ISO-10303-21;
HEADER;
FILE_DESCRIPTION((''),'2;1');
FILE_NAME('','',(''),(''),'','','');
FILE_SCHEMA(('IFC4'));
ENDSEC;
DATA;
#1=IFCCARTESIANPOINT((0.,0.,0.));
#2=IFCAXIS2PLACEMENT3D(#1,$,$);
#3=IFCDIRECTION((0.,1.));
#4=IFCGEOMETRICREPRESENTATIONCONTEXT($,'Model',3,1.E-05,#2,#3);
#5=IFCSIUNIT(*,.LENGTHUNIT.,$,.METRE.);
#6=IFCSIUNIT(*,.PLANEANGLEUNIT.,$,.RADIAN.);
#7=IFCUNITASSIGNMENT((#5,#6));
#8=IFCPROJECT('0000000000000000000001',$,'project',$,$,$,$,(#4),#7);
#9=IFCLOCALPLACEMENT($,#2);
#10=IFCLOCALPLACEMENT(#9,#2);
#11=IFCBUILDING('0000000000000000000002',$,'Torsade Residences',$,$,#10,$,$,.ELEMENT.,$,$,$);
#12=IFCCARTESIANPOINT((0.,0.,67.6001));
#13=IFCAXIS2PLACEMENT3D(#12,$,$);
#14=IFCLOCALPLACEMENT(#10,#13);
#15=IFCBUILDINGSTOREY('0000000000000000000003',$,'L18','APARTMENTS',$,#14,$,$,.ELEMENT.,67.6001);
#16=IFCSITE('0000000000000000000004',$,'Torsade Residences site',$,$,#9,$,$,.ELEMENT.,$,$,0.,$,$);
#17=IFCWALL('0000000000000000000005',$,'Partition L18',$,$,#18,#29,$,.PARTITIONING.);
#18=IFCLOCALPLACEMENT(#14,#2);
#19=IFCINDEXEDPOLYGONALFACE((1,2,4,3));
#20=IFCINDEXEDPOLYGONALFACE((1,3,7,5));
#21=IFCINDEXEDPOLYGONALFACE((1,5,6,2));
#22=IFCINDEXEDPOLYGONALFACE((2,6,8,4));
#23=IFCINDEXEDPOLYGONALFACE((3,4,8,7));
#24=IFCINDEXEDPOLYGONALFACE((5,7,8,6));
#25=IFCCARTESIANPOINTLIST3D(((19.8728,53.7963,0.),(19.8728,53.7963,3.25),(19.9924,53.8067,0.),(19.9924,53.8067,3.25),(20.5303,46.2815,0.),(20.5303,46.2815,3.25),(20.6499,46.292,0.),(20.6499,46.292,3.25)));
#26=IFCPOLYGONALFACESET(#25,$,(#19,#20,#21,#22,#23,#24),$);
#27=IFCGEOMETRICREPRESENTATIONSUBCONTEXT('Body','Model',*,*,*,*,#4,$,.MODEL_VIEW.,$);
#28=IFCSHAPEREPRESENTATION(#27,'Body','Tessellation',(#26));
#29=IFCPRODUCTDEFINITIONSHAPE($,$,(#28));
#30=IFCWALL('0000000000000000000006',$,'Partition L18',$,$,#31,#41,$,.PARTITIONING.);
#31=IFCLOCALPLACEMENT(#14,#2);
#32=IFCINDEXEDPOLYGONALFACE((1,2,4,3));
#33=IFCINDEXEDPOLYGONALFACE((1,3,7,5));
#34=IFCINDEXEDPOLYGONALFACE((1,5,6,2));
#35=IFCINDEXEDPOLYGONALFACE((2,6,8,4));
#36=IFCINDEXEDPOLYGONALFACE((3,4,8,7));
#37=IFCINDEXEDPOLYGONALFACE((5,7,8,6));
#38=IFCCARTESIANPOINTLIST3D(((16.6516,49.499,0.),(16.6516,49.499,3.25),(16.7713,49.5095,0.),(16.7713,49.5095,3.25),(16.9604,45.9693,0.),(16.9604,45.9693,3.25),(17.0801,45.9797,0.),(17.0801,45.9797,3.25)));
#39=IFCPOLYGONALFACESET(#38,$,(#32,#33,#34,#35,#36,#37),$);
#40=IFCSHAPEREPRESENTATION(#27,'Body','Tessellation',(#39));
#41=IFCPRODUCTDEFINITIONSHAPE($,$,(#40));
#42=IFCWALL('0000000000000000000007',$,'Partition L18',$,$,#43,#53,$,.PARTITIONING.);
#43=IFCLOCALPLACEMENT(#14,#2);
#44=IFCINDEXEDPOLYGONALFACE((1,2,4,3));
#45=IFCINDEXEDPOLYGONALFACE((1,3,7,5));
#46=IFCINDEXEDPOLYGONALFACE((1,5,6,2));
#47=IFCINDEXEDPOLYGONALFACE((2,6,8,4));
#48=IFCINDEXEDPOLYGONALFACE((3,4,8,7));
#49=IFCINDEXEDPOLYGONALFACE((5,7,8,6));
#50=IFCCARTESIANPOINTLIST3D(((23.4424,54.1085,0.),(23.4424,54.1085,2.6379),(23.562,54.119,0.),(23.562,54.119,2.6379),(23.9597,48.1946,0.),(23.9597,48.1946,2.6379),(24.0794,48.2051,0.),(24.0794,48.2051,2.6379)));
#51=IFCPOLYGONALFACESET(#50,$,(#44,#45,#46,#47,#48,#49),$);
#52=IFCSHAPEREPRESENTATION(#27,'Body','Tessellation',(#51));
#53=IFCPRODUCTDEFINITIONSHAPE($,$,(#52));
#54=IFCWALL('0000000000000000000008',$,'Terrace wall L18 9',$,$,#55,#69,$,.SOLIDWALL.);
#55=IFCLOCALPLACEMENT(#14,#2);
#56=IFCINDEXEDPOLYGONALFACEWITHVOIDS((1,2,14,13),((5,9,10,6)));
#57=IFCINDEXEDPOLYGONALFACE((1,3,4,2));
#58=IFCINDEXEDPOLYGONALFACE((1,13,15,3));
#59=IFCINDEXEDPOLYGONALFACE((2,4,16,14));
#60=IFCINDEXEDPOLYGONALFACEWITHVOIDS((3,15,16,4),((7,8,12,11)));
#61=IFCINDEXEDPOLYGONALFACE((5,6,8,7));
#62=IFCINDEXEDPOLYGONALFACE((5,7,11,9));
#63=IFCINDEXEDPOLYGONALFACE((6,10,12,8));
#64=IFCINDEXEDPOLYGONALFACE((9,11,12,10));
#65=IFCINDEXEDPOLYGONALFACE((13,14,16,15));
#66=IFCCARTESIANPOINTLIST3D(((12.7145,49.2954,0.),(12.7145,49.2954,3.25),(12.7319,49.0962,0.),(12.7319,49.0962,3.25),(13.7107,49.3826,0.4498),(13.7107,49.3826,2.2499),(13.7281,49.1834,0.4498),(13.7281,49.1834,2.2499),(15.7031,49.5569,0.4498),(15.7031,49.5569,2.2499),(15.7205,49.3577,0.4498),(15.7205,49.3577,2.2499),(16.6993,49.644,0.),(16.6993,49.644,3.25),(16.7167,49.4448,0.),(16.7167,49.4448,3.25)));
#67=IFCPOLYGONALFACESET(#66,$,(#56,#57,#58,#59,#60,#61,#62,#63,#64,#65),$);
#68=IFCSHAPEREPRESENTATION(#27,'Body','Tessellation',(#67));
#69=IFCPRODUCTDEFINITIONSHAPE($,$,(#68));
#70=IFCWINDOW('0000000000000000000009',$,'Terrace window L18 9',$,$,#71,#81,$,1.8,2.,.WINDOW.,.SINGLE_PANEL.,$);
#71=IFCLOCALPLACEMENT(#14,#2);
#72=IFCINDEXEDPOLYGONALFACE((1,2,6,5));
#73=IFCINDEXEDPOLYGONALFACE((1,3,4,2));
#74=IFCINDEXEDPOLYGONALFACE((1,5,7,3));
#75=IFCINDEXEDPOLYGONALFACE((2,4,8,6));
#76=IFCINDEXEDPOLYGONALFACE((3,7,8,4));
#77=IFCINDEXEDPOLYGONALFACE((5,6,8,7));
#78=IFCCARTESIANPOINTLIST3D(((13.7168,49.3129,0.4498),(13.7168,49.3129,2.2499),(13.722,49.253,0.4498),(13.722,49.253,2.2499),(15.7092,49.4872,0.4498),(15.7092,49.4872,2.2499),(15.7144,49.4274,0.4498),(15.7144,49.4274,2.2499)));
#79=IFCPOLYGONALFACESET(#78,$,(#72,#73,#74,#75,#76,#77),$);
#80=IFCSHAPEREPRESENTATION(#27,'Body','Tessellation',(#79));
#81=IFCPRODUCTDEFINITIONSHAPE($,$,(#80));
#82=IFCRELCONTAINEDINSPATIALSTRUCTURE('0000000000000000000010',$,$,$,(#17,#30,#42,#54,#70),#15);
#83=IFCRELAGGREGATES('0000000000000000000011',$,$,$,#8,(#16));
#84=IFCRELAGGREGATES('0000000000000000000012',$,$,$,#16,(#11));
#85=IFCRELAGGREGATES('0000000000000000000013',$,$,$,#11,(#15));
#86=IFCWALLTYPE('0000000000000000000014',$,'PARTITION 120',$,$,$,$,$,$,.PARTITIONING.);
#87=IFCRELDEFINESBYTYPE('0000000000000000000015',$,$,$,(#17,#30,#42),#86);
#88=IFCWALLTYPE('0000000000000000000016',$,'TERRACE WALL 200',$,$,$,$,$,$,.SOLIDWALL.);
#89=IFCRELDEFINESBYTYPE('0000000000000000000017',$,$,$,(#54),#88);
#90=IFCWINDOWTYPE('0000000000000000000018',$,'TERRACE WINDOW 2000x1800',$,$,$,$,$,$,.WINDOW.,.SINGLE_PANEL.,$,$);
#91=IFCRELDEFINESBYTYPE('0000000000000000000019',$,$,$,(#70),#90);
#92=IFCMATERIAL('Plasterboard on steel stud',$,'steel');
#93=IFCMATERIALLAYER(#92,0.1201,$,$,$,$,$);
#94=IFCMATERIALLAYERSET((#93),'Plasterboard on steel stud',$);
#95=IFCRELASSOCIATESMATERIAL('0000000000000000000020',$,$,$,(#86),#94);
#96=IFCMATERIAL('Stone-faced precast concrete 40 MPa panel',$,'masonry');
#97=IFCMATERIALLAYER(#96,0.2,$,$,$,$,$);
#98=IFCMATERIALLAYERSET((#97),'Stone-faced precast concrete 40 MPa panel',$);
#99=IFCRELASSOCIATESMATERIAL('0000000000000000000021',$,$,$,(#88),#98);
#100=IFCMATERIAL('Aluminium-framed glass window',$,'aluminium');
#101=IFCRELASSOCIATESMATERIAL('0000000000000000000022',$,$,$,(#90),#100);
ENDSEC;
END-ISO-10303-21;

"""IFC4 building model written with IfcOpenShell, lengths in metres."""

from ifc_helpers import new_model, si_unit, direction, frame, frame_2d, origin, place, context, subcontext, project, spatial, rectangle, extrude, material, layer, layer_set, type_object, element, fill, save


model = new_model("IFC4")

# Units and contexts
model_context = context("Model", 3, precision=1e-05, world=origin(), true_north=direction((0.0, 1.0)))
body_context = subcontext(model_context, "Body", "Model", "MODEL_VIEW")
ifc_project = project(units=[si_unit("LENGTHUNIT", "METRE"), si_unit("PLANEANGLEUNIT", "RADIAN")], contexts=[model_context])

# Site, building, storey
site_placement = place(None, origin())
site = spatial("IfcSite", under=ifc_project, at=site_placement, Name="Torsade Residences site", CompositionType="ELEMENT", RefElevation=0.0)
building_placement = place(site_placement, origin())
building = spatial("IfcBuilding", under=site, at=building_placement, Name="Torsade Residences", CompositionType="ELEMENT")
storey_placement = place(building_placement, frame((0.0, 0.0, 67.6001)))
storey = spatial("IfcBuildingStorey", under=building, at=storey_placement, Name="L18", Description="APARTMENTS", CompositionType="ELEMENT", Elevation=67.6001)

# Shared definitions
ifc_material_1 = material(Name="Plasterboard on steel stud", Category="steel")
ifc_layer_1 = layer(ifc_material_1, 0.1201)
ifc_layer_set_1 = layer_set([ifc_layer_1], Name="Plasterboard on steel stud")
wall_type_1 = type_object("IfcWallType", Name="PARTITION 120", PredefinedType="PARTITIONING", material=ifc_layer_set_1)

# Walls
wall_1_placement = place(storey_placement, frame((19.9326, 53.8015, 0.0), z_axis=(0.0, 0.0, 1.0), x_axis=(0.087159, -0.996194, 0.0)))
element("IfcWall", 1, at=wall_1_placement, inside=storey, type_object=wall_type_1, Name="Partition L18", PredefinedType="PARTITIONING", context=body_context, shape_type="SweptSolid", body=[
    extrude(rectangle(XDim=7.5435, YDim=0.1201, at=frame_2d((3.7717, 0.0))), origin(), (0.0, 0.0, 1.0), 3.25),
])
wall_2_placement = place(storey_placement, frame((17.0203, 45.9746, 0.0), z_axis=(0.0, 0.0, 1.0), x_axis=(-0.087162, 0.996194, 0.0)))
element("IfcWall", 2, at=wall_2_placement, inside=storey, type_object=wall_type_1, Name="Partition L18", PredefinedType="PARTITIONING", context=body_context, shape_type="SweptSolid", body=[
    extrude(rectangle(XDim=3.5432, YDim=0.1201, at=frame_2d((1.7715, 0.0))), origin(), (0.0, 0.0, 1.0), 3.25),
])
wall_3_placement = place(storey_placement, frame((23.5022, 54.1138, 0.0), z_axis=(0.0, 0.0, 1.0), x_axis=(0.087146, -0.996196, 0.0)))
element("IfcWall", 3, at=wall_3_placement, inside=storey, type_object=wall_type_1, Name="Partition L18", PredefinedType="PARTITIONING", context=body_context, shape_type="SweptSolid", body=[
    extrude(rectangle(XDim=5.9365, YDim=0.1201, at=frame_2d((2.9683, 0.0))), origin(), (0.0, 0.0, 1.0), 2.6379),
])

# Wall, opening, window
ifc_material_2 = material(Name="Stone-faced precast concrete 40 MPa panel", Category="masonry")
ifc_layer_2 = layer(ifc_material_2, 0.2)
ifc_layer_set_2 = layer_set([ifc_layer_2], Name="Stone-faced precast concrete 40 MPa panel")
wall_type_2 = type_object("IfcWallType", Name="TERRACE WALL 200", PredefinedType="SOLIDWALL", material=ifc_layer_set_2)
wall_4_placement = place(storey_placement, frame((16.708, 49.5444, 0.0), z_axis=(0.0, 0.0, 1.0), x_axis=(-0.996195, -0.087156, 0.0)))
wall_4 = element("IfcWall", 4, at=wall_4_placement, inside=storey, type_object=wall_type_2, Name="Terrace wall L18 9", PredefinedType="SOLIDWALL", context=body_context, shape_type="SweptSolid", body=[
    extrude(rectangle(XDim=4.0, YDim=0.2, at=frame_2d((2.0, 0.0))), origin(), (0.0, 0.0, 1.0), 3.25),
])
opening_1_placement = place(wall_4_placement, frame((1.0, 0.0, 0.45)))
opening_1 = element("IfcOpeningElement", 5, at=opening_1_placement, cuts=wall_4, PredefinedType="OPENING", context=body_context, shape_type="SweptSolid", body=[
    extrude(rectangle(XDim=2.0, YDim=1.8, at=frame_2d((1.0, 0.8999))), frame((0.0, 0.1099, 0.0), z_axis=(0.0, -1.0, 0.0), x_axis=(1.0, 0.0, 0.0)), (0.0, 0.0, 1.0), 0.22),
])
ifc_material_3 = material(Name="Aluminium-framed glass window", Category="aluminium")
window_type = type_object("IfcWindowType", Name="TERRACE WINDOW 2000x1800", PartitioningType="SINGLE_PANEL", PredefinedType="WINDOW", material=ifc_material_3)
window_placement = place(opening_1_placement, origin())
window = element("IfcWindow", 6, at=window_placement, inside=storey, type_object=window_type, Name="Terrace window L18 9", OverallHeight=1.8, OverallWidth=2.0, PartitioningType="SINGLE_PANEL", PredefinedType="WINDOW", context=body_context, shape_type="SweptSolid", body=[
    extrude(rectangle(XDim=2.0, YDim=1.8, at=frame_2d((1.0, 0.8999))), frame((0.0, 0.03, 0.0), z_axis=(0.0, -1.0, 0.0), x_axis=(1.0, 0.0, 0.0)), (0.0, 0.0, 1.0), 0.0601),
])
fill(opening_1, window)

save(model, "model.ifc")
